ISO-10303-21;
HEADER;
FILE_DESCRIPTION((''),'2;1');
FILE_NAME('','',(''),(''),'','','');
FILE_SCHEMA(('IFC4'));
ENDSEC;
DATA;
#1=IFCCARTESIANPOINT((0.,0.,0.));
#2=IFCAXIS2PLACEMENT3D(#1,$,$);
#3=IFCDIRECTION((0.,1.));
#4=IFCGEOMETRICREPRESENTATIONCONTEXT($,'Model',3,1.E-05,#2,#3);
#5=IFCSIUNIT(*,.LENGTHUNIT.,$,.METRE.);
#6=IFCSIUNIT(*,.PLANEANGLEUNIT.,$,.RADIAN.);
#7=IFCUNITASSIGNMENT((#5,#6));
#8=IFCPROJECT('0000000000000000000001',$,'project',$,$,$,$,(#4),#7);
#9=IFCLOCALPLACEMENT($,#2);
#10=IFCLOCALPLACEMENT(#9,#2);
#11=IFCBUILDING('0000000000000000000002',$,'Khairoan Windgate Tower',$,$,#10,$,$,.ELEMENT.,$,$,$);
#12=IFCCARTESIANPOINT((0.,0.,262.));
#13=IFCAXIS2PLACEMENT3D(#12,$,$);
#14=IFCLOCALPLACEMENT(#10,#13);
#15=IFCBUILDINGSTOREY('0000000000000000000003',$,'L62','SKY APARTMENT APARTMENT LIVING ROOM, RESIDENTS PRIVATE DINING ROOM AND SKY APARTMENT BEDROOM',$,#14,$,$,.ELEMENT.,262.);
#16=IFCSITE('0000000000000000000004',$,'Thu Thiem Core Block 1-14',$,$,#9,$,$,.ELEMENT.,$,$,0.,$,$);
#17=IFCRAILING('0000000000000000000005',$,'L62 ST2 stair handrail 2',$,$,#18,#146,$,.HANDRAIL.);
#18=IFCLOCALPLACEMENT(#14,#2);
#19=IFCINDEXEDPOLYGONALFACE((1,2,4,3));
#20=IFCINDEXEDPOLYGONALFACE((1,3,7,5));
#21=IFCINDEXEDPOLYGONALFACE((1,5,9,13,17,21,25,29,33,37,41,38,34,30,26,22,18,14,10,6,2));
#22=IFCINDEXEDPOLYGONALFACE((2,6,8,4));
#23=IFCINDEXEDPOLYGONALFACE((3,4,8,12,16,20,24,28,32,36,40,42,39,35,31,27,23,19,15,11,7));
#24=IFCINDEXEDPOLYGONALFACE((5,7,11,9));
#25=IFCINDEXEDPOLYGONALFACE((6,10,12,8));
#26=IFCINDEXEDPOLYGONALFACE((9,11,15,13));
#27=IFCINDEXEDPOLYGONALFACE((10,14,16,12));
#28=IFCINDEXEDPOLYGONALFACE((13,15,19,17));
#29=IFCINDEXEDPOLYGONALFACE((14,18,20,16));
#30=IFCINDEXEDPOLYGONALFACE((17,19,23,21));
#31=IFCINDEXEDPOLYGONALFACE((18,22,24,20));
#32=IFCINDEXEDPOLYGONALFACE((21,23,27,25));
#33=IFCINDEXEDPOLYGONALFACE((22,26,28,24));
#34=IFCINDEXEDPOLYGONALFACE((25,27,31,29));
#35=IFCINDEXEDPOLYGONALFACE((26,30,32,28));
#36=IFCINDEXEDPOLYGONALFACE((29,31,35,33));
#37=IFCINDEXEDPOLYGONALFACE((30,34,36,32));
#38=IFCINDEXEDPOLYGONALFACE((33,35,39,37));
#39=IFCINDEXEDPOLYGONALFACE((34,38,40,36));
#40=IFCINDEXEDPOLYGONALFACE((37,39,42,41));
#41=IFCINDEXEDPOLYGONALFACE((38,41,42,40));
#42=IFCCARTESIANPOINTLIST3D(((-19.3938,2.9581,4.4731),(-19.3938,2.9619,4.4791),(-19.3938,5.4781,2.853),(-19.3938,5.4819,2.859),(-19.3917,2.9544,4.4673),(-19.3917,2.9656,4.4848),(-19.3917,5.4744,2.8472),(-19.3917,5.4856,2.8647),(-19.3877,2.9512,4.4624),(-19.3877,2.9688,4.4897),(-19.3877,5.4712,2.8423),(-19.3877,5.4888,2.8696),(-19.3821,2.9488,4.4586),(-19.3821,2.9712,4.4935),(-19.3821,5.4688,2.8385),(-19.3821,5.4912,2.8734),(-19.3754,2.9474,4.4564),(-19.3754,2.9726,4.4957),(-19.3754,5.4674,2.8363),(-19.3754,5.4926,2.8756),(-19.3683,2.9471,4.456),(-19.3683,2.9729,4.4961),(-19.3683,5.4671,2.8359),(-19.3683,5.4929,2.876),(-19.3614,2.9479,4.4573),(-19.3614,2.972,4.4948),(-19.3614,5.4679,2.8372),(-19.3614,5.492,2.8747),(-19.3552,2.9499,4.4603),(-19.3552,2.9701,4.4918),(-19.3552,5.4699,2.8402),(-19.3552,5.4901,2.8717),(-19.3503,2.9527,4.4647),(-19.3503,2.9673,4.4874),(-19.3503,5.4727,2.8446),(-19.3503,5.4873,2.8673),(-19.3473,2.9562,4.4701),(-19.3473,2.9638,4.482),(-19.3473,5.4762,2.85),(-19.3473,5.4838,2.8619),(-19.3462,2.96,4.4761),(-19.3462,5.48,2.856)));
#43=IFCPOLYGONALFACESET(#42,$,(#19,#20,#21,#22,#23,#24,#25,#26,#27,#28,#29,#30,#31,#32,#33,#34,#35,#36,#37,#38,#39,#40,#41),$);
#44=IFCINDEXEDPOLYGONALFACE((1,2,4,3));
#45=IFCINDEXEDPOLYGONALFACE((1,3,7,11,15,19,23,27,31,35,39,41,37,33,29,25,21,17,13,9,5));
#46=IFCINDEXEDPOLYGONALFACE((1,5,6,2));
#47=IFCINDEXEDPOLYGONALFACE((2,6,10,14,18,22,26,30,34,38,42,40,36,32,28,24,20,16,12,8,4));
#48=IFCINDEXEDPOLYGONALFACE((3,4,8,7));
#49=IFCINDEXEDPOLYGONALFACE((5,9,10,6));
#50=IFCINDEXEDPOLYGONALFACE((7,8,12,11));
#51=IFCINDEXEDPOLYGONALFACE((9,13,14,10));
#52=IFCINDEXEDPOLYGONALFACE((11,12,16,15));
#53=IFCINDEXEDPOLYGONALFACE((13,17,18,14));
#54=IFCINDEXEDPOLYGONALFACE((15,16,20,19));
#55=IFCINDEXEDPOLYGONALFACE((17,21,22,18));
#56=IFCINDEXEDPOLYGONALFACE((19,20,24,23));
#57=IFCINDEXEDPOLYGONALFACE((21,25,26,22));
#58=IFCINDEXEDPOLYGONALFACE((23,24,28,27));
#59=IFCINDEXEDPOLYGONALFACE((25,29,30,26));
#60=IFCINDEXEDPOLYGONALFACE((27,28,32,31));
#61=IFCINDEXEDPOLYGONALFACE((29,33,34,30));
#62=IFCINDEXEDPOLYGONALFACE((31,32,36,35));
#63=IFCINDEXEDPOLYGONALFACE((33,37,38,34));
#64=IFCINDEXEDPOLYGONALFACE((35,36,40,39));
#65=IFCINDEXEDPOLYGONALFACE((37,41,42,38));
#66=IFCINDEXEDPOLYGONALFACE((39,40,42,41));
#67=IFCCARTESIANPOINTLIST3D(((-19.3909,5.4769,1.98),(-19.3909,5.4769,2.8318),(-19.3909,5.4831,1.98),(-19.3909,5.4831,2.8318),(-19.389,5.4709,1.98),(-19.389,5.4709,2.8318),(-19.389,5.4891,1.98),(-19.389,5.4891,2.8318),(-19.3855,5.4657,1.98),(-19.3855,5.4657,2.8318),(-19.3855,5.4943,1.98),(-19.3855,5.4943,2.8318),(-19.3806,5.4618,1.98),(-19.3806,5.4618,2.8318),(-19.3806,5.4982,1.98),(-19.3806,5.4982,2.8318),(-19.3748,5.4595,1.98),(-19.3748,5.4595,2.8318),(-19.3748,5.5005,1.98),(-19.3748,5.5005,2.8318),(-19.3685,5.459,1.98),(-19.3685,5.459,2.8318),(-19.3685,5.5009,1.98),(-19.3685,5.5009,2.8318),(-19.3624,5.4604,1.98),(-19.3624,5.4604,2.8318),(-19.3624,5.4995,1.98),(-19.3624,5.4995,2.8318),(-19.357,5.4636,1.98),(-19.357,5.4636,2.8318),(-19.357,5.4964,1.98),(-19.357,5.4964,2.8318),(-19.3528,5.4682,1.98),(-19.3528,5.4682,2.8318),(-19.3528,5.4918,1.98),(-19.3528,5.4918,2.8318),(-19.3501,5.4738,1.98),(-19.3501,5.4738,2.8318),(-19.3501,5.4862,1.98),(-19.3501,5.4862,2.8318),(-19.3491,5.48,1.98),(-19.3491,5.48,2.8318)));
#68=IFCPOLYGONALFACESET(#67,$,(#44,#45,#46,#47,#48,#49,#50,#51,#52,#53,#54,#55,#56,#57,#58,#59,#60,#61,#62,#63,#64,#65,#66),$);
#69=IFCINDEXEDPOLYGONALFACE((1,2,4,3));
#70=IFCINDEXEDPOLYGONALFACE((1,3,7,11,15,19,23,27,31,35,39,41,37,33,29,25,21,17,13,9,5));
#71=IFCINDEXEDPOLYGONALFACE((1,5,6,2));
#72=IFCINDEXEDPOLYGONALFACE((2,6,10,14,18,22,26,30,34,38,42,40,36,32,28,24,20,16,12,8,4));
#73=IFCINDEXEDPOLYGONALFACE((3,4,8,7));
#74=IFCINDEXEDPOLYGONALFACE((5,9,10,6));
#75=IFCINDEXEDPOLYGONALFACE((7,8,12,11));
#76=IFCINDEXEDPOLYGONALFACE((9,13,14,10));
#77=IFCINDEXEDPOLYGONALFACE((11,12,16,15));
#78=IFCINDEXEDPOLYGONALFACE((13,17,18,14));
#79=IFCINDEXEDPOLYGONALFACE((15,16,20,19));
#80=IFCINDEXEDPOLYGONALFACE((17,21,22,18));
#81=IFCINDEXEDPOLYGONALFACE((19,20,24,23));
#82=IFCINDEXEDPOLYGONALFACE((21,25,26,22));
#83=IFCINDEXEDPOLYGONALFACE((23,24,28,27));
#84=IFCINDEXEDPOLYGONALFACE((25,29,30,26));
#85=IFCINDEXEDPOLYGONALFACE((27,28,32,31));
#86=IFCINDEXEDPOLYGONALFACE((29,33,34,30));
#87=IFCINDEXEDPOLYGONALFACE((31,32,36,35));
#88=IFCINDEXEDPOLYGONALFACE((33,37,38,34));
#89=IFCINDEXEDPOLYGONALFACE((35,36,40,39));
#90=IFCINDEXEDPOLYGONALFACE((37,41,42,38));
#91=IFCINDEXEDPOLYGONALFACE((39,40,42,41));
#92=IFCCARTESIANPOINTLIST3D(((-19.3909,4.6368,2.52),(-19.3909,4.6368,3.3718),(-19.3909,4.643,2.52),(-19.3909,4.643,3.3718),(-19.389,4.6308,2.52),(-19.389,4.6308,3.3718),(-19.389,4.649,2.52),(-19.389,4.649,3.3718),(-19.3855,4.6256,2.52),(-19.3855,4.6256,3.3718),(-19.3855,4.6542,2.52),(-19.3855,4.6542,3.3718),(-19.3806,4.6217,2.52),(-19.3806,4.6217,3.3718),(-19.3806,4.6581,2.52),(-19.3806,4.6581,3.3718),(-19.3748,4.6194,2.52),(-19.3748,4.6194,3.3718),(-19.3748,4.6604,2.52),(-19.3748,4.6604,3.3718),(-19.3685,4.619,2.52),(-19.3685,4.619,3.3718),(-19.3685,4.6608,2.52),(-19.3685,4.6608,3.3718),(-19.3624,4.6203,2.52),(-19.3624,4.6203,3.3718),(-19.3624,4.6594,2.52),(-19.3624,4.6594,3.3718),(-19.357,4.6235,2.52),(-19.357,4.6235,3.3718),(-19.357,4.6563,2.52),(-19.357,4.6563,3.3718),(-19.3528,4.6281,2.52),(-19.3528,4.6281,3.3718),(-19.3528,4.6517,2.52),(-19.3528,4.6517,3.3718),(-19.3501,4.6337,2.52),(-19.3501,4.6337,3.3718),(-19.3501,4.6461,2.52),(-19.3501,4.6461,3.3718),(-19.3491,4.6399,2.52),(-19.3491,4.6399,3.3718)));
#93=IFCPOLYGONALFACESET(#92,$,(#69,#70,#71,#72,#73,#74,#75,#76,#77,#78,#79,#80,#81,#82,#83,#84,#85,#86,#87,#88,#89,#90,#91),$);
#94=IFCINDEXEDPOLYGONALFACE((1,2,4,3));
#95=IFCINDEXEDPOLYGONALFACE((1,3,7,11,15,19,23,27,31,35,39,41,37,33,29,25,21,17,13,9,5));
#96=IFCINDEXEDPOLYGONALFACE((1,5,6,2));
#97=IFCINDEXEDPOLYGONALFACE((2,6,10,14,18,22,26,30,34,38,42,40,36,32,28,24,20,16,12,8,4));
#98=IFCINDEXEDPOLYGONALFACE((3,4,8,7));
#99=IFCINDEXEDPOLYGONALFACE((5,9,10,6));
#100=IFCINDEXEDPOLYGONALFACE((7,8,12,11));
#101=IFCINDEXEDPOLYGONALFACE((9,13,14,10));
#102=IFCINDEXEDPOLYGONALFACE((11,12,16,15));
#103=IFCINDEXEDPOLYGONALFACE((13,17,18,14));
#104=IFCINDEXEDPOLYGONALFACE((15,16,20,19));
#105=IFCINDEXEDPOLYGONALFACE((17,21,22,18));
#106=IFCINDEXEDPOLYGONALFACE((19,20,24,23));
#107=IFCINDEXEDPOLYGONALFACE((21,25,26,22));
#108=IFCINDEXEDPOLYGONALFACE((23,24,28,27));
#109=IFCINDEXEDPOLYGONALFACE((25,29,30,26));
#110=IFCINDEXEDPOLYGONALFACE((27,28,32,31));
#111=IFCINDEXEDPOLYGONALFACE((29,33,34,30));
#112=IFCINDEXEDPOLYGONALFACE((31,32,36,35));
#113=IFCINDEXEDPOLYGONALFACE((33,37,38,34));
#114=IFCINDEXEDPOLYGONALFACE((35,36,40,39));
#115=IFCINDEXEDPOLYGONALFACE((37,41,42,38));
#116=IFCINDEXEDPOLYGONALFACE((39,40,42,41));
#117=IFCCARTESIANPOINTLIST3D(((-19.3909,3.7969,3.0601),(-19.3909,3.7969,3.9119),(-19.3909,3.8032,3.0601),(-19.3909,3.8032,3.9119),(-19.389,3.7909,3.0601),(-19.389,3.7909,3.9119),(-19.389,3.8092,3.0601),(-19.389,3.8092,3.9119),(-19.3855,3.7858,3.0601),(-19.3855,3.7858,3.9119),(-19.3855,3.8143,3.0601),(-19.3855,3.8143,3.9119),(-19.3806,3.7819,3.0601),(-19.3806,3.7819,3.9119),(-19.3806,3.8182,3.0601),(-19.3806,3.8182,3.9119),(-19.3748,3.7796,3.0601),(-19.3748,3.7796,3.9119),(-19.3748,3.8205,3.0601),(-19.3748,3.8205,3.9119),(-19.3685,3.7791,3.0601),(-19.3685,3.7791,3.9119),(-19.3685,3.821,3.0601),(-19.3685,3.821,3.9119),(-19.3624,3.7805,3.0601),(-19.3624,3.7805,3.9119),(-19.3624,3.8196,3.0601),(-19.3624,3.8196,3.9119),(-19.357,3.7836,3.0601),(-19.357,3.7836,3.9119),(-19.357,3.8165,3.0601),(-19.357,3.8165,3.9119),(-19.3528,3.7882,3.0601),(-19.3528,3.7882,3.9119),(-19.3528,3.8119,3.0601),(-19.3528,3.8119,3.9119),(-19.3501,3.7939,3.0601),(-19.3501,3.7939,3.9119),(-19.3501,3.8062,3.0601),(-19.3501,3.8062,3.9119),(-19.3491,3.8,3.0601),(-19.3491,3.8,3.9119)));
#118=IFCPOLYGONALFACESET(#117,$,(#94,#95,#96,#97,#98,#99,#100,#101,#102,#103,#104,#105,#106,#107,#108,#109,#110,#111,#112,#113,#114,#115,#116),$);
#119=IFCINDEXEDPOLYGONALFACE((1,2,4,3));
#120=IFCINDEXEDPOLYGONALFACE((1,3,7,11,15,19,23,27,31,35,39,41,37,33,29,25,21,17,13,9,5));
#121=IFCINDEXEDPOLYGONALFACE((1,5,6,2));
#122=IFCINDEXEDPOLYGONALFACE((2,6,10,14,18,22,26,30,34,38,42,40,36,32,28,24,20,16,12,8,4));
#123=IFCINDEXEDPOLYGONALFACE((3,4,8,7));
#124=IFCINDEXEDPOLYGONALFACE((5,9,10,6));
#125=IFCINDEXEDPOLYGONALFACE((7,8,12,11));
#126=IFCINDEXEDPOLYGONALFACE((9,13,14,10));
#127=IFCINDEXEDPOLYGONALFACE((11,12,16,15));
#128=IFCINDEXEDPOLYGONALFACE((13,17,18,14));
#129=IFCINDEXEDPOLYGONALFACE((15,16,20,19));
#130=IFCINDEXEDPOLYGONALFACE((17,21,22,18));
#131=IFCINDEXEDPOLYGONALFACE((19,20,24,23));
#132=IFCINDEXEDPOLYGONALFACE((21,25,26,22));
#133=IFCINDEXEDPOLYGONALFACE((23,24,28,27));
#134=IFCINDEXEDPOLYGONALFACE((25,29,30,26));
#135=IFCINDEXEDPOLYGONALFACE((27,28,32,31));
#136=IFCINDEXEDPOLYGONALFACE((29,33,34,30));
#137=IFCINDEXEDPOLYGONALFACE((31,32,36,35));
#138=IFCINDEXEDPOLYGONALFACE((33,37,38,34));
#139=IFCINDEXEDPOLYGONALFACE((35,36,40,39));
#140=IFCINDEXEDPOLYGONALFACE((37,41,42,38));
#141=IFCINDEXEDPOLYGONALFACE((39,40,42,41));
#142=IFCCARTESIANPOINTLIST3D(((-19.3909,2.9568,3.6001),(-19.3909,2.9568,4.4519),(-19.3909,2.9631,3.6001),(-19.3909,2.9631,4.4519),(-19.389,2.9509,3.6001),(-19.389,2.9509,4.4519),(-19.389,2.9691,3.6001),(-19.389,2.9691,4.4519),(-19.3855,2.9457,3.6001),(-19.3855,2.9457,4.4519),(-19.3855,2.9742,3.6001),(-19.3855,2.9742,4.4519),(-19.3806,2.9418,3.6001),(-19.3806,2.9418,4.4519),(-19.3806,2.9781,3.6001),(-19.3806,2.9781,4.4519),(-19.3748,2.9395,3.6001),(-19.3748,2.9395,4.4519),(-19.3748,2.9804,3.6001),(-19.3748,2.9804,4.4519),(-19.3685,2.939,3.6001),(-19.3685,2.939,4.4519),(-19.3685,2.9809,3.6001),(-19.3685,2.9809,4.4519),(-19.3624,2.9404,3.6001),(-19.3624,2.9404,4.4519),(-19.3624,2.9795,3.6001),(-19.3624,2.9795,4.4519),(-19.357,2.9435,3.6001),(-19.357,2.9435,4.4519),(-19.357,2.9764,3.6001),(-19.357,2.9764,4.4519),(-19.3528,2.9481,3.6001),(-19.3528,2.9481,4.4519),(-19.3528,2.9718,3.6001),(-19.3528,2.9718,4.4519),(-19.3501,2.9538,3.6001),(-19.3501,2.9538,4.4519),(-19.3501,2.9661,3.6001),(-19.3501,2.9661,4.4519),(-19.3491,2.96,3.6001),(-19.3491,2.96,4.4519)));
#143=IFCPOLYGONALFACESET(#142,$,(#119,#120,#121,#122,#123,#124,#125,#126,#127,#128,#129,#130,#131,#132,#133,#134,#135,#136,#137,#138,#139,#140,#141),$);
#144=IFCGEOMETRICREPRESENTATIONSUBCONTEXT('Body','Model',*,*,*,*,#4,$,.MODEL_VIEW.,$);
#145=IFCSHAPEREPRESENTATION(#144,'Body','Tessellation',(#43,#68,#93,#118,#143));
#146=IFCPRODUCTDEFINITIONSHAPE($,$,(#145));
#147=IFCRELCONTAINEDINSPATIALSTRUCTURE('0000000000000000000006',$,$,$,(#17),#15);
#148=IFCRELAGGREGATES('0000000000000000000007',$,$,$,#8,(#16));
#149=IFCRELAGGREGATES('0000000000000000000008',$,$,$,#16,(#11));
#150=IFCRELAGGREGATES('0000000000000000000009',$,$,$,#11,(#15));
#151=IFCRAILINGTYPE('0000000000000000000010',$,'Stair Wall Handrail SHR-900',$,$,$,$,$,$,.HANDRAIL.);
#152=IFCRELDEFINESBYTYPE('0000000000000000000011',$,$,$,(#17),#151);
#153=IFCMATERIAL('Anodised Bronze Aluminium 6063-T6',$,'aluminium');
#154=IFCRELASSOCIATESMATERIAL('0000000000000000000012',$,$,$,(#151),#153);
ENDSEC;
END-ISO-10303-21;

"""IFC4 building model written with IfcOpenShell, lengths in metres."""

from ifc_helpers import new_model, si_unit, direction, frame, origin, origin_2d, place, context, subcontext, project, spatial, circle, extrude, material, type_object, element, save


model = new_model("IFC4")

# Units and contexts
model_context = context("Model", 3, precision=1e-05, world=origin(), true_north=direction((0.0, 1.0)))
body_context = subcontext(model_context, "Body", "Model", "MODEL_VIEW")
ifc_project = project(units=[si_unit("LENGTHUNIT", "METRE"), si_unit("PLANEANGLEUNIT", "RADIAN")], contexts=[model_context])

# Site, building, storey
site_placement = place(None, origin())
site = spatial("IfcSite", under=ifc_project, at=site_placement, Name="Thu Thiem Core Block 1-14", CompositionType="ELEMENT", RefElevation=0.0)
building_placement = place(site_placement, origin())
building = spatial("IfcBuilding", under=site, at=building_placement, Name="Khairoan Windgate Tower", CompositionType="ELEMENT")
storey_placement = place(building_placement, frame((0.0, 0.0, 262.0)))
storey = spatial("IfcBuildingStorey", under=building, at=storey_placement, Name="L62", Description="SKY APARTMENT APARTMENT LIVING ROOM, RESIDENTS PRIVATE DINING ROOM AND SKY APARTMENT BEDROOM", CompositionType="ELEMENT", Elevation=262.0)

# Railing
ifc_material_1 = material(Name="Anodised Bronze Aluminium 6063-T6", Category="aluminium")
railing_type_1 = type_object("IfcRailingType", Name="Stair Wall Handrail SHR-900", PredefinedType="HANDRAIL", material=ifc_material_1)
railing_1_placement = place(storey_placement, frame((-19.3701, 5.48, 1.98)))
element("IfcRailing", 1, at=railing_1_placement, inside=storey, type_object=railing_type_1, Name="L62 ST2 stair handrail 2", PredefinedType="HANDRAIL", context=body_context, shape_type="SweptSolid", body=[
    extrude(circle(Radius=0.0239, at=origin_2d()), frame((0.0, 0.0, 0.876), z_axis=(0.0, -0.841163, 0.540782), x_axis=(1.0, 0.0, 0.0)), (0.0, 0.0, 1.0), 2.9958),
    extrude(circle(Radius=0.021, at=origin_2d()), origin(), (0.0, 0.0, 1.0), 0.8518),
    extrude(circle(Radius=0.021, at=origin_2d()), frame((0.0, -0.8401, 0.54)), (0.0, 0.0, 1.0), 0.8518),
    extrude(circle(Radius=0.021, at=origin_2d()), frame((0.0, -1.6799, 1.0801)), (0.0, 0.0, 1.0), 0.8518),
    extrude(circle(Radius=0.021, at=origin_2d()), frame((0.0, -2.52, 1.6201)), (0.0, 0.0, 1.0), 0.8518),
])

save(model, "model.ifc")
